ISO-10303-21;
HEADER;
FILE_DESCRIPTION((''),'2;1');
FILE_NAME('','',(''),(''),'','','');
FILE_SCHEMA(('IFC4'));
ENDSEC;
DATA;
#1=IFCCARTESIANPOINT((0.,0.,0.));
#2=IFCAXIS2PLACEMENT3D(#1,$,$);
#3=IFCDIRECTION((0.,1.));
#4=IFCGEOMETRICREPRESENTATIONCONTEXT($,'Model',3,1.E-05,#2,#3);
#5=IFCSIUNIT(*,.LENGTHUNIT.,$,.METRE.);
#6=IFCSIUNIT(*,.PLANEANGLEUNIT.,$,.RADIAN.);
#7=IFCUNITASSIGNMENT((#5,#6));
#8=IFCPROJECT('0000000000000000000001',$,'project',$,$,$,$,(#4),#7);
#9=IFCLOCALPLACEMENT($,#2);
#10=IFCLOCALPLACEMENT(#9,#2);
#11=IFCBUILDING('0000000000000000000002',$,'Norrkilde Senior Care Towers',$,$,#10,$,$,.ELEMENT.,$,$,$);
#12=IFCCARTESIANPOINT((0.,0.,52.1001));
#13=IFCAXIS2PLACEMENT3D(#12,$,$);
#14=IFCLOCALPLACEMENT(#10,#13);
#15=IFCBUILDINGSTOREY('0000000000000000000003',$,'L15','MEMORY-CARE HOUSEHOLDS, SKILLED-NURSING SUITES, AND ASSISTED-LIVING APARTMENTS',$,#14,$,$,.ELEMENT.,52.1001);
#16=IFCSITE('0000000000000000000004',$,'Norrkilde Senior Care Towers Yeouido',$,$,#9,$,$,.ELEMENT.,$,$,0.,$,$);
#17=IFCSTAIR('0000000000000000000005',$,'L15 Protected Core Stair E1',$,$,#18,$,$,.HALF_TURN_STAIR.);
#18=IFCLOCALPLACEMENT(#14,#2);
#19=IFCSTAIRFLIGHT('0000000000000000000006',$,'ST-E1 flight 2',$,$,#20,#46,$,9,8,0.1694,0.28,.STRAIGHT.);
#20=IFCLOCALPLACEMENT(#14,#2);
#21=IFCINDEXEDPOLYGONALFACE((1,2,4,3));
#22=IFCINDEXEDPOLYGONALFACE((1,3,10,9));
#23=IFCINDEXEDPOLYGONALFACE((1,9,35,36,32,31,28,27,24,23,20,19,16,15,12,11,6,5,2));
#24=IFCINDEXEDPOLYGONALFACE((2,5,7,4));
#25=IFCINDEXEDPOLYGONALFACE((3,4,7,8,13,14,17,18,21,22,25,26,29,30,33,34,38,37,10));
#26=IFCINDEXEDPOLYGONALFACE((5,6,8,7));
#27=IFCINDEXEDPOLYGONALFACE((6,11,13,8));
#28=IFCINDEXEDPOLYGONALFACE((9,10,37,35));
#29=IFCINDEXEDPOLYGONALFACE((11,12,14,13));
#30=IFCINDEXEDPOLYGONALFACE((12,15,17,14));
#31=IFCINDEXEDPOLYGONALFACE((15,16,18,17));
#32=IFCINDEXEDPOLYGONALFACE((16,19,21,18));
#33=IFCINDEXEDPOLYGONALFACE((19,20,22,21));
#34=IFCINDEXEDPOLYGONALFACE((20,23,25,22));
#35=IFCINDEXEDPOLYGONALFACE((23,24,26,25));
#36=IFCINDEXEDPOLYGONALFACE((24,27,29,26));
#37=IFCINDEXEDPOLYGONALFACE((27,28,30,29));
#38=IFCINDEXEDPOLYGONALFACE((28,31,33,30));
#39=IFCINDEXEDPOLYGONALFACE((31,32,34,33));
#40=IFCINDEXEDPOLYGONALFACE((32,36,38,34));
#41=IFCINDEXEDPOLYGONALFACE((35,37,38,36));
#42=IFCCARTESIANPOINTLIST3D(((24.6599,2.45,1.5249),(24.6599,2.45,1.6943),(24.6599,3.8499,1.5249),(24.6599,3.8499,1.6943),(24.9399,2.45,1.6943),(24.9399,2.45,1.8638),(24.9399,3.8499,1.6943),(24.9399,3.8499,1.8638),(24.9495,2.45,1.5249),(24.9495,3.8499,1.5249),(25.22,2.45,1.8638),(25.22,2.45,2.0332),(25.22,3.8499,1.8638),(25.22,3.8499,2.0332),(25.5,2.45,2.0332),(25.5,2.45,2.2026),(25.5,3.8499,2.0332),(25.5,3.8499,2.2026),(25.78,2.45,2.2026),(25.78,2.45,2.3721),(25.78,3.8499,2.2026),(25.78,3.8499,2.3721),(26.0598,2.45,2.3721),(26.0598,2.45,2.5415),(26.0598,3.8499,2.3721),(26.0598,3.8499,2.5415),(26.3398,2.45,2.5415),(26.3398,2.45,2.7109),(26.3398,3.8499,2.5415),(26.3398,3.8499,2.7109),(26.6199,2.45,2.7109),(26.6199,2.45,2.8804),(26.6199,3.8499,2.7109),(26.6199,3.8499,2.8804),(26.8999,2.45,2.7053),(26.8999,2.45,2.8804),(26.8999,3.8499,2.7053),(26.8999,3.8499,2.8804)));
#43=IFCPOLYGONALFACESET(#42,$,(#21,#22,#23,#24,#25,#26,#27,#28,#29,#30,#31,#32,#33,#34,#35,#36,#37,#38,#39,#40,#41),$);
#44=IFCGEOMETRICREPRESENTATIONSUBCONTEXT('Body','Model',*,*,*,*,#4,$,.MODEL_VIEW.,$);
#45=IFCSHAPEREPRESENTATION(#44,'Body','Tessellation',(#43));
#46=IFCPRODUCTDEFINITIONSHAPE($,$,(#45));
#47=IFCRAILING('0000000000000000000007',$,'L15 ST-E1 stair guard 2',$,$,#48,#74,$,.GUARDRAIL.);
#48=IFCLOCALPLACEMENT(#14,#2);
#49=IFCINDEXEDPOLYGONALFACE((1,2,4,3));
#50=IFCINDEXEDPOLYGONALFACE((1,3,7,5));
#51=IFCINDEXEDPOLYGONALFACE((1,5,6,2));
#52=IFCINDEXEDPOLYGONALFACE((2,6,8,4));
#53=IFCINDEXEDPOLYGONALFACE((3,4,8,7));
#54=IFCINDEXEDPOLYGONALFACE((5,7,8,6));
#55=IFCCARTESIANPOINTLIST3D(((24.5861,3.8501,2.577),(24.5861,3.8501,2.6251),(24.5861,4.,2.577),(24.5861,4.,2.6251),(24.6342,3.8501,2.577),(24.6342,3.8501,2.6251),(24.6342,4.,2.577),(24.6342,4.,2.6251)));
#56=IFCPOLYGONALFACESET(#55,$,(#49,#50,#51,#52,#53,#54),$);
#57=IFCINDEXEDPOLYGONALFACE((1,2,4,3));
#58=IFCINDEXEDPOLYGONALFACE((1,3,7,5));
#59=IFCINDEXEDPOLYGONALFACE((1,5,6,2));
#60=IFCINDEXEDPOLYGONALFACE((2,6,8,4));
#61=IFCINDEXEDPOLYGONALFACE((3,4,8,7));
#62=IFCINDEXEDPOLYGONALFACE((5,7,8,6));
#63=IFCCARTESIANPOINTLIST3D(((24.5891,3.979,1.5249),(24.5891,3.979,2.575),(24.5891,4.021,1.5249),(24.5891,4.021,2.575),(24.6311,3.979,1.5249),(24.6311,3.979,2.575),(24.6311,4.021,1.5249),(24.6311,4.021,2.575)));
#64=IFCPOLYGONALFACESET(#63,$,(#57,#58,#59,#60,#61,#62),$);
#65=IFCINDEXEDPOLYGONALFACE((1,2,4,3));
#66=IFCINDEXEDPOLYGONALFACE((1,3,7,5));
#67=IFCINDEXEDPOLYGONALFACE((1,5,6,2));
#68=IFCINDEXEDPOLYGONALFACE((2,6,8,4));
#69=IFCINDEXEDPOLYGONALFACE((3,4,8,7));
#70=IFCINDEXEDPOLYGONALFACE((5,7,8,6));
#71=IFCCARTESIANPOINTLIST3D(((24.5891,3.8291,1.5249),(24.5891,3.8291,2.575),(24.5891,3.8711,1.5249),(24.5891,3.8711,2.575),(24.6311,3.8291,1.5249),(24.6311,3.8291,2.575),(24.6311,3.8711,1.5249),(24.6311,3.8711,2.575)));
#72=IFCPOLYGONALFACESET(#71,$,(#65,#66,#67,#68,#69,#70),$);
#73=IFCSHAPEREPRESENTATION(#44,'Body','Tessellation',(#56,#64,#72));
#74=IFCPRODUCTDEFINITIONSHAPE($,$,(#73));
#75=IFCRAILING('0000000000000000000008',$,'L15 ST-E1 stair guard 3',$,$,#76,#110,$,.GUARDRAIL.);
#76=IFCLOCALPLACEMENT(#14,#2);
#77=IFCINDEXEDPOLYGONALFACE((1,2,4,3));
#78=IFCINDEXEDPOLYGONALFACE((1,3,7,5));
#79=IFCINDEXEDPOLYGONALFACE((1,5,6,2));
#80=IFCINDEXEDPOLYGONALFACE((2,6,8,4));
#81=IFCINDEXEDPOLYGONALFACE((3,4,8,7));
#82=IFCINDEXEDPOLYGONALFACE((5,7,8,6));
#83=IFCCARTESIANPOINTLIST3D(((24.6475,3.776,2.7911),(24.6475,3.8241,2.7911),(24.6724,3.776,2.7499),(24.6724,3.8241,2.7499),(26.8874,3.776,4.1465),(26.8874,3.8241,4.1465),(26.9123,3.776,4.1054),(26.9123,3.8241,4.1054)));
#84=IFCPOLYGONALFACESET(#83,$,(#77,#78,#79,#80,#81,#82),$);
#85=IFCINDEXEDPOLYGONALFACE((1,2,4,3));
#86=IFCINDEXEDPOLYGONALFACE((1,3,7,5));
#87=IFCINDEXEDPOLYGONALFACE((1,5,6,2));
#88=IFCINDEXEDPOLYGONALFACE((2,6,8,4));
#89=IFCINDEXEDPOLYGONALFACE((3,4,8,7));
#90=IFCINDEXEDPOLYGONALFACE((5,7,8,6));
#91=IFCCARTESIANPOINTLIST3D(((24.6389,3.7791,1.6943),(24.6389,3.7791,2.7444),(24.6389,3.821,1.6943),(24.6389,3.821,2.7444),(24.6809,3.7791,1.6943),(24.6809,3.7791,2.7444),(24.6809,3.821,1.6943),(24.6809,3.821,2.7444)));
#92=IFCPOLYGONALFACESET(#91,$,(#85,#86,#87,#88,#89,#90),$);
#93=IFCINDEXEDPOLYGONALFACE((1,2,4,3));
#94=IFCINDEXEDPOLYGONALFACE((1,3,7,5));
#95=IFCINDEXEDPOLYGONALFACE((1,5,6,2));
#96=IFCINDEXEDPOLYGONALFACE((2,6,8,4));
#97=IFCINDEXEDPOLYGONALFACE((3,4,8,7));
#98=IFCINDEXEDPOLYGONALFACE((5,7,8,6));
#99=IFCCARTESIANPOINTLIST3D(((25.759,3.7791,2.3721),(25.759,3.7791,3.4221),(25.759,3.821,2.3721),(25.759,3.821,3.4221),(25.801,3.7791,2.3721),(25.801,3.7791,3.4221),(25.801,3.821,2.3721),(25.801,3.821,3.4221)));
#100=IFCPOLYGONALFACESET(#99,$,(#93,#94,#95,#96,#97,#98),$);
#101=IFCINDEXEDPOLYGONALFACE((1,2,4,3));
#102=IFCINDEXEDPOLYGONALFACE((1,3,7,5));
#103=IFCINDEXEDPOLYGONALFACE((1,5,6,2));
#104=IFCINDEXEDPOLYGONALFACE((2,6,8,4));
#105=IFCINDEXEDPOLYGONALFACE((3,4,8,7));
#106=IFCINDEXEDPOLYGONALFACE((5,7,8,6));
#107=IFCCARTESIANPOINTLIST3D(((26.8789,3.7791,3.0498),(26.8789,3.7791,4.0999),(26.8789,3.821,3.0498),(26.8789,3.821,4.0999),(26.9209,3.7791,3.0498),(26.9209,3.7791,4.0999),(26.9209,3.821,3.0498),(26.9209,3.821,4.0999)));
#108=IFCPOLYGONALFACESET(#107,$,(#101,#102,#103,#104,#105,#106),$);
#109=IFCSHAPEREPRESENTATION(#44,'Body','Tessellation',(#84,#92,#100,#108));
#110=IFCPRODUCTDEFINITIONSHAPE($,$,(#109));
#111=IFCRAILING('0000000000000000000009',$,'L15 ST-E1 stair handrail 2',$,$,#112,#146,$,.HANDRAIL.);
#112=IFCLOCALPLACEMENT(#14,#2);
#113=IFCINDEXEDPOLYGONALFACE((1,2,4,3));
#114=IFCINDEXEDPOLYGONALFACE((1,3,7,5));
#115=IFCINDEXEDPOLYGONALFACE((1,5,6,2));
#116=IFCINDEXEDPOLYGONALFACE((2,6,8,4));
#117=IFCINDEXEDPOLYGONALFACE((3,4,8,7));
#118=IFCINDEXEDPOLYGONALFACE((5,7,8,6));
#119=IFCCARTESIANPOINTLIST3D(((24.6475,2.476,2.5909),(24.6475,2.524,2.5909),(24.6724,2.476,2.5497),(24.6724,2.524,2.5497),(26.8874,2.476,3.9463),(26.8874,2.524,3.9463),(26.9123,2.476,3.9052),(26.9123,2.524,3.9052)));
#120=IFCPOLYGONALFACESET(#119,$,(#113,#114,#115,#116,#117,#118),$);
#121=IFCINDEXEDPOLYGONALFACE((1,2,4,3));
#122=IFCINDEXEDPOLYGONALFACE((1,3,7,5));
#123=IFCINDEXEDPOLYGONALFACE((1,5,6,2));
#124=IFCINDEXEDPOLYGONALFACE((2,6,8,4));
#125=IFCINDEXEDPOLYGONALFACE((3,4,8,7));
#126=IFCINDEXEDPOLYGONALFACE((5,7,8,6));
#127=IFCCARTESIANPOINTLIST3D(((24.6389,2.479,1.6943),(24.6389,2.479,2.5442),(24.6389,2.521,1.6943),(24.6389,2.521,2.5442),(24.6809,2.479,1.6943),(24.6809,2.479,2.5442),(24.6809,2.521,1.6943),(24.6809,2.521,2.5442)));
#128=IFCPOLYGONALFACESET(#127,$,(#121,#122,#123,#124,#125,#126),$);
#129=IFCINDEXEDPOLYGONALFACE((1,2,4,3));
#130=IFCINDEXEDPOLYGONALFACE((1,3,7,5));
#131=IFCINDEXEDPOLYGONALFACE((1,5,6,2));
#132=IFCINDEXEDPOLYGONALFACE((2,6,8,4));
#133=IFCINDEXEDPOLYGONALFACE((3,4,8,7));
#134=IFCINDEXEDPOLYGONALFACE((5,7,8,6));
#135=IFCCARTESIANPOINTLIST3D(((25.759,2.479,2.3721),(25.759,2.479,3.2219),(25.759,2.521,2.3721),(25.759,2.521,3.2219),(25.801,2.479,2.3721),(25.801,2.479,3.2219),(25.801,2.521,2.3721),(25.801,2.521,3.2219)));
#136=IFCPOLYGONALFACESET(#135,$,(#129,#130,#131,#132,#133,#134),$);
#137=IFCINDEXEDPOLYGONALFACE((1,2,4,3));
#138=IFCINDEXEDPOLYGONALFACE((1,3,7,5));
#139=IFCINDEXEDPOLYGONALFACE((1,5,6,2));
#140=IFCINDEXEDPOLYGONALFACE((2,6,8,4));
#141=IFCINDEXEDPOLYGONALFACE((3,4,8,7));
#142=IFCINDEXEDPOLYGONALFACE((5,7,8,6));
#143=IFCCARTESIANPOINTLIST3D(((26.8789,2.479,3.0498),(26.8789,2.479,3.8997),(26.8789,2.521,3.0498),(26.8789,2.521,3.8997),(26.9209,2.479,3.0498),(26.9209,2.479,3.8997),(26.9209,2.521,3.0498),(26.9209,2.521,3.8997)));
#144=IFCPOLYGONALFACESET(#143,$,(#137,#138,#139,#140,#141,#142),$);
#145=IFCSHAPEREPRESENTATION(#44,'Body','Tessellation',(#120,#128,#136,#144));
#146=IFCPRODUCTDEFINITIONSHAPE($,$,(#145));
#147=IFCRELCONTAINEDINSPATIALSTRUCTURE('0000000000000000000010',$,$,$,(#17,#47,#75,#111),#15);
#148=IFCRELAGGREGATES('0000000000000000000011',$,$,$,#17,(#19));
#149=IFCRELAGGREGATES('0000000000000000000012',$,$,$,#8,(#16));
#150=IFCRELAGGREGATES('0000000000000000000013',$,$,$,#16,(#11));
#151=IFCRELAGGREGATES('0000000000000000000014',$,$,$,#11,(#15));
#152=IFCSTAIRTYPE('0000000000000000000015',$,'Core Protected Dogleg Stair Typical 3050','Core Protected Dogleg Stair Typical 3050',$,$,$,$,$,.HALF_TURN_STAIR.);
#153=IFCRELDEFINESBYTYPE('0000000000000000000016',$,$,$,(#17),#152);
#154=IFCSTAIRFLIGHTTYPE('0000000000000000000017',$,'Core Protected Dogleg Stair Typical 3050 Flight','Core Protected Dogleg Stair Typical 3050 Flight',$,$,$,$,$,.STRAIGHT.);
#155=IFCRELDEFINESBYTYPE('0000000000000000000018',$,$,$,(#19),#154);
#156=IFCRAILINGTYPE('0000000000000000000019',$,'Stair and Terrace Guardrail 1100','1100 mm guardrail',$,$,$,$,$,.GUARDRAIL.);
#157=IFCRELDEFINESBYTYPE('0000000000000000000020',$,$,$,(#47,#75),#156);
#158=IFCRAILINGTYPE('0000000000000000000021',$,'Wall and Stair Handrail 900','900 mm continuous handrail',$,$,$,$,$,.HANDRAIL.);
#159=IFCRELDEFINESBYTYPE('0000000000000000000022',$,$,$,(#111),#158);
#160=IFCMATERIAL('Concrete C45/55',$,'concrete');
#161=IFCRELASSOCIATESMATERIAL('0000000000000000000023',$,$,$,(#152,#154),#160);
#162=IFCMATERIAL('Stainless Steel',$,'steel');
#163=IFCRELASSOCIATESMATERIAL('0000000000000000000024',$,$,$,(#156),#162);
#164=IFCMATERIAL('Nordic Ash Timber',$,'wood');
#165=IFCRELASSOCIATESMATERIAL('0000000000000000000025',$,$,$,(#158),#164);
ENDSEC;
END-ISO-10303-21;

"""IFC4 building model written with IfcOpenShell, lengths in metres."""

from ifc_helpers import new_model, si_unit, direction, frame, origin, origin_2d, place, context, subcontext, project, spatial, polyline, rectangle, outline, extrude, material, type_object, element, aggregate, save


model = new_model("IFC4")

# Units and contexts
model_context = context("Model", 3, precision=1e-05, world=origin(), true_north=direction((0.0, 1.0)))
body_context = subcontext(model_context, "Body", "Model", "MODEL_VIEW")
ifc_project = project(units=[si_unit("LENGTHUNIT", "METRE"), si_unit("PLANEANGLEUNIT", "RADIAN")], contexts=[model_context])

# Site, building, storey
site_placement = place(None, origin())
site = spatial("IfcSite", under=ifc_project, at=site_placement, Name="Norrkilde Senior Care Towers Yeouido", CompositionType="ELEMENT", RefElevation=0.0)
building_placement = place(site_placement, origin())
building = spatial("IfcBuilding", under=site, at=building_placement, Name="Norrkilde Senior Care Towers", CompositionType="ELEMENT")
storey_placement = place(building_placement, frame((0.0, 0.0, 52.1001)))
storey = spatial("IfcBuildingStorey", under=building, at=storey_placement, Name="L15", Description="MEMORY-CARE HOUSEHOLDS, SKILLED-NURSING SUITES, AND ASSISTED-LIVING APARTMENTS", CompositionType="ELEMENT", Elevation=52.1001)

# Shared definitions
ifc_material_1 = material(Name="Concrete C45/55", Category="concrete")

# Shared definitions
ifc_material_2 = material(Name="Stainless Steel", Category="steel")

# Stair, stair flight
stair_type = type_object("IfcStairType", Name="Core Protected Dogleg Stair Typical 3050", Description="Core Protected Dogleg Stair Typical 3050", PredefinedType="HALF_TURN_STAIR", material=ifc_material_1)
stair_placement = place(storey_placement, origin())
stair = element("IfcStair", 1, at=stair_placement, inside=storey, type_object=stair_type, Name="L15 Protected Core Stair E1", PredefinedType="HALF_TURN_STAIR")
stair_flight_type = type_object("IfcStairFlightType", Name="Core Protected Dogleg Stair Typical 3050 Flight", Description="Core Protected Dogleg Stair Typical 3050 Flight", PredefinedType="STRAIGHT", material=ifc_material_1)
stair_flight_1_placement = place(storey_placement, frame((24.6599, 3.1499, 1.5249), z_axis=(0.0, 0.0, 1.0), x_axis=(1.0, 0.0, 0.0)))
stair_flight_1 = element("IfcStairFlight", 2, at=stair_flight_1_placement, type_object=stair_flight_type, Name="ST-E1 flight 2", NumberOfRisers=9, NumberOfTreads=8, PredefinedType="STRAIGHT", RiserHeight=0.1694, TreadLength=0.28, context=body_context, shape_type="SweptSolid", body=[
    extrude(outline(polyline([(0.0, 0.0), (0.0, 0.1694), (0.28, 0.1694), (0.28, 0.3389), (0.5601, 0.3389), (0.5601, 0.5083), (0.8401, 0.5083), (0.8401, 0.6777), (1.1201, 0.6777), (1.1201, 0.8472), (1.3999, 0.8472), (1.3999, 1.0166), (1.6799, 1.0166), (1.6799, 1.186), (1.96, 1.186), (1.96, 1.3555), (2.24, 1.3555), (2.24, 1.5249), (2.24, 1.1804), (0.2896, 0.0), (0.0, 0.0)])), frame((0.0, 0.7, 0.0), z_axis=(0.0, -1.0, 0.0), x_axis=(1.0, 0.0, 0.0)), (0.0, 0.0, 1.0), 1.3999),
])
aggregate(stair, [stair_flight_1])

# Railings
railing_type_1 = type_object("IfcRailingType", Name="Stair and Terrace Guardrail 1100", Description="1100 mm guardrail", PredefinedType="GUARDRAIL", material=ifc_material_2)
railing_1_placement = place(storey_placement, frame((24.6101, 4.0, 1.5249)))
element("IfcRailing", 3, at=railing_1_placement, inside=storey, type_object=railing_type_1, Name="L15 ST-E1 stair guard 2", PredefinedType="GUARDRAIL", context=body_context, shape_type="SweptSolid", body=[
    extrude(rectangle(XDim=0.0481, YDim=0.0481, at=origin_2d()), frame((0.0, 0.0, 1.0762), z_axis=(0.0, -1.0, 0.0), x_axis=(1.0, 0.0, 0.0)), (0.0, 0.0, 1.0), 0.1499),
    extrude(rectangle(XDim=0.042, YDim=0.042, at=origin_2d()), origin(), (0.0, 0.0, 1.0), 1.05),
    extrude(rectangle(XDim=0.042, YDim=0.042, at=origin_2d()), frame((0.0, -0.1499, 0.0)), (0.0, 0.0, 1.0), 1.05),
])
railing_2_placement = place(storey_placement, frame((24.6599, 3.8, 1.6943)))
element("IfcRailing", 4, at=railing_2_placement, inside=storey, type_object=railing_type_1, Name="L15 ST-E1 stair guard 3", PredefinedType="GUARDRAIL", context=body_context, shape_type="SweptSolid", body=[
    extrude(rectangle(XDim=0.0481, YDim=0.0481, at=origin_2d()), frame((0.0, 0.0, 1.0762), z_axis=(0.855553, 0.0, 0.517715), x_axis=(0.0, 1.0, 0.0)), (0.0, 0.0, 1.0), 2.6182),
    extrude(rectangle(XDim=0.042, YDim=0.042, at=origin_2d()), origin(), (0.0, 0.0, 1.0), 1.05),
    extrude(rectangle(XDim=0.042, YDim=0.042, at=origin_2d()), frame((1.1201, 0.0, 0.6777)), (0.0, 0.0, 1.0), 1.05),
    extrude(rectangle(XDim=0.042, YDim=0.042, at=origin_2d()), frame((2.24, 0.0, 1.3555)), (0.0, 0.0, 1.0), 1.05),
])
ifc_material_3 = material(Name="Nordic Ash Timber", Category="wood")
railing_type_2 = type_object("IfcRailingType", Name="Wall and Stair Handrail 900", Description="900 mm continuous handrail", PredefinedType="HANDRAIL", material=ifc_material_3)
railing_3_placement = place(storey_placement, frame((24.6599, 2.5, 1.6943)))
element("IfcRailing", 5, at=railing_3_placement, inside=storey, type_object=railing_type_2, Name="L15 ST-E1 stair handrail 2", PredefinedType="HANDRAIL", context=body_context, shape_type="SweptSolid", body=[
    extrude(rectangle(XDim=0.0481, YDim=0.0481, at=origin_2d()), frame((0.0, 0.0, 0.876), z_axis=(0.855553, 0.0, 0.517715), x_axis=(0.0, 1.0, 0.0)), (0.0, 0.0, 1.0), 2.6182),
    extrude(rectangle(XDim=0.042, YDim=0.042, at=origin_2d()), origin(), (0.0, 0.0, 1.0), 0.8499),
    extrude(rectangle(XDim=0.042, YDim=0.042, at=origin_2d()), frame((1.1201, 0.0, 0.6777)), (0.0, 0.0, 1.0), 0.8499),
    extrude(rectangle(XDim=0.042, YDim=0.042, at=origin_2d()), frame((2.24, 0.0, 1.3555)), (0.0, 0.0, 1.0), 0.8499),
])

save(model, "model.ifc")
